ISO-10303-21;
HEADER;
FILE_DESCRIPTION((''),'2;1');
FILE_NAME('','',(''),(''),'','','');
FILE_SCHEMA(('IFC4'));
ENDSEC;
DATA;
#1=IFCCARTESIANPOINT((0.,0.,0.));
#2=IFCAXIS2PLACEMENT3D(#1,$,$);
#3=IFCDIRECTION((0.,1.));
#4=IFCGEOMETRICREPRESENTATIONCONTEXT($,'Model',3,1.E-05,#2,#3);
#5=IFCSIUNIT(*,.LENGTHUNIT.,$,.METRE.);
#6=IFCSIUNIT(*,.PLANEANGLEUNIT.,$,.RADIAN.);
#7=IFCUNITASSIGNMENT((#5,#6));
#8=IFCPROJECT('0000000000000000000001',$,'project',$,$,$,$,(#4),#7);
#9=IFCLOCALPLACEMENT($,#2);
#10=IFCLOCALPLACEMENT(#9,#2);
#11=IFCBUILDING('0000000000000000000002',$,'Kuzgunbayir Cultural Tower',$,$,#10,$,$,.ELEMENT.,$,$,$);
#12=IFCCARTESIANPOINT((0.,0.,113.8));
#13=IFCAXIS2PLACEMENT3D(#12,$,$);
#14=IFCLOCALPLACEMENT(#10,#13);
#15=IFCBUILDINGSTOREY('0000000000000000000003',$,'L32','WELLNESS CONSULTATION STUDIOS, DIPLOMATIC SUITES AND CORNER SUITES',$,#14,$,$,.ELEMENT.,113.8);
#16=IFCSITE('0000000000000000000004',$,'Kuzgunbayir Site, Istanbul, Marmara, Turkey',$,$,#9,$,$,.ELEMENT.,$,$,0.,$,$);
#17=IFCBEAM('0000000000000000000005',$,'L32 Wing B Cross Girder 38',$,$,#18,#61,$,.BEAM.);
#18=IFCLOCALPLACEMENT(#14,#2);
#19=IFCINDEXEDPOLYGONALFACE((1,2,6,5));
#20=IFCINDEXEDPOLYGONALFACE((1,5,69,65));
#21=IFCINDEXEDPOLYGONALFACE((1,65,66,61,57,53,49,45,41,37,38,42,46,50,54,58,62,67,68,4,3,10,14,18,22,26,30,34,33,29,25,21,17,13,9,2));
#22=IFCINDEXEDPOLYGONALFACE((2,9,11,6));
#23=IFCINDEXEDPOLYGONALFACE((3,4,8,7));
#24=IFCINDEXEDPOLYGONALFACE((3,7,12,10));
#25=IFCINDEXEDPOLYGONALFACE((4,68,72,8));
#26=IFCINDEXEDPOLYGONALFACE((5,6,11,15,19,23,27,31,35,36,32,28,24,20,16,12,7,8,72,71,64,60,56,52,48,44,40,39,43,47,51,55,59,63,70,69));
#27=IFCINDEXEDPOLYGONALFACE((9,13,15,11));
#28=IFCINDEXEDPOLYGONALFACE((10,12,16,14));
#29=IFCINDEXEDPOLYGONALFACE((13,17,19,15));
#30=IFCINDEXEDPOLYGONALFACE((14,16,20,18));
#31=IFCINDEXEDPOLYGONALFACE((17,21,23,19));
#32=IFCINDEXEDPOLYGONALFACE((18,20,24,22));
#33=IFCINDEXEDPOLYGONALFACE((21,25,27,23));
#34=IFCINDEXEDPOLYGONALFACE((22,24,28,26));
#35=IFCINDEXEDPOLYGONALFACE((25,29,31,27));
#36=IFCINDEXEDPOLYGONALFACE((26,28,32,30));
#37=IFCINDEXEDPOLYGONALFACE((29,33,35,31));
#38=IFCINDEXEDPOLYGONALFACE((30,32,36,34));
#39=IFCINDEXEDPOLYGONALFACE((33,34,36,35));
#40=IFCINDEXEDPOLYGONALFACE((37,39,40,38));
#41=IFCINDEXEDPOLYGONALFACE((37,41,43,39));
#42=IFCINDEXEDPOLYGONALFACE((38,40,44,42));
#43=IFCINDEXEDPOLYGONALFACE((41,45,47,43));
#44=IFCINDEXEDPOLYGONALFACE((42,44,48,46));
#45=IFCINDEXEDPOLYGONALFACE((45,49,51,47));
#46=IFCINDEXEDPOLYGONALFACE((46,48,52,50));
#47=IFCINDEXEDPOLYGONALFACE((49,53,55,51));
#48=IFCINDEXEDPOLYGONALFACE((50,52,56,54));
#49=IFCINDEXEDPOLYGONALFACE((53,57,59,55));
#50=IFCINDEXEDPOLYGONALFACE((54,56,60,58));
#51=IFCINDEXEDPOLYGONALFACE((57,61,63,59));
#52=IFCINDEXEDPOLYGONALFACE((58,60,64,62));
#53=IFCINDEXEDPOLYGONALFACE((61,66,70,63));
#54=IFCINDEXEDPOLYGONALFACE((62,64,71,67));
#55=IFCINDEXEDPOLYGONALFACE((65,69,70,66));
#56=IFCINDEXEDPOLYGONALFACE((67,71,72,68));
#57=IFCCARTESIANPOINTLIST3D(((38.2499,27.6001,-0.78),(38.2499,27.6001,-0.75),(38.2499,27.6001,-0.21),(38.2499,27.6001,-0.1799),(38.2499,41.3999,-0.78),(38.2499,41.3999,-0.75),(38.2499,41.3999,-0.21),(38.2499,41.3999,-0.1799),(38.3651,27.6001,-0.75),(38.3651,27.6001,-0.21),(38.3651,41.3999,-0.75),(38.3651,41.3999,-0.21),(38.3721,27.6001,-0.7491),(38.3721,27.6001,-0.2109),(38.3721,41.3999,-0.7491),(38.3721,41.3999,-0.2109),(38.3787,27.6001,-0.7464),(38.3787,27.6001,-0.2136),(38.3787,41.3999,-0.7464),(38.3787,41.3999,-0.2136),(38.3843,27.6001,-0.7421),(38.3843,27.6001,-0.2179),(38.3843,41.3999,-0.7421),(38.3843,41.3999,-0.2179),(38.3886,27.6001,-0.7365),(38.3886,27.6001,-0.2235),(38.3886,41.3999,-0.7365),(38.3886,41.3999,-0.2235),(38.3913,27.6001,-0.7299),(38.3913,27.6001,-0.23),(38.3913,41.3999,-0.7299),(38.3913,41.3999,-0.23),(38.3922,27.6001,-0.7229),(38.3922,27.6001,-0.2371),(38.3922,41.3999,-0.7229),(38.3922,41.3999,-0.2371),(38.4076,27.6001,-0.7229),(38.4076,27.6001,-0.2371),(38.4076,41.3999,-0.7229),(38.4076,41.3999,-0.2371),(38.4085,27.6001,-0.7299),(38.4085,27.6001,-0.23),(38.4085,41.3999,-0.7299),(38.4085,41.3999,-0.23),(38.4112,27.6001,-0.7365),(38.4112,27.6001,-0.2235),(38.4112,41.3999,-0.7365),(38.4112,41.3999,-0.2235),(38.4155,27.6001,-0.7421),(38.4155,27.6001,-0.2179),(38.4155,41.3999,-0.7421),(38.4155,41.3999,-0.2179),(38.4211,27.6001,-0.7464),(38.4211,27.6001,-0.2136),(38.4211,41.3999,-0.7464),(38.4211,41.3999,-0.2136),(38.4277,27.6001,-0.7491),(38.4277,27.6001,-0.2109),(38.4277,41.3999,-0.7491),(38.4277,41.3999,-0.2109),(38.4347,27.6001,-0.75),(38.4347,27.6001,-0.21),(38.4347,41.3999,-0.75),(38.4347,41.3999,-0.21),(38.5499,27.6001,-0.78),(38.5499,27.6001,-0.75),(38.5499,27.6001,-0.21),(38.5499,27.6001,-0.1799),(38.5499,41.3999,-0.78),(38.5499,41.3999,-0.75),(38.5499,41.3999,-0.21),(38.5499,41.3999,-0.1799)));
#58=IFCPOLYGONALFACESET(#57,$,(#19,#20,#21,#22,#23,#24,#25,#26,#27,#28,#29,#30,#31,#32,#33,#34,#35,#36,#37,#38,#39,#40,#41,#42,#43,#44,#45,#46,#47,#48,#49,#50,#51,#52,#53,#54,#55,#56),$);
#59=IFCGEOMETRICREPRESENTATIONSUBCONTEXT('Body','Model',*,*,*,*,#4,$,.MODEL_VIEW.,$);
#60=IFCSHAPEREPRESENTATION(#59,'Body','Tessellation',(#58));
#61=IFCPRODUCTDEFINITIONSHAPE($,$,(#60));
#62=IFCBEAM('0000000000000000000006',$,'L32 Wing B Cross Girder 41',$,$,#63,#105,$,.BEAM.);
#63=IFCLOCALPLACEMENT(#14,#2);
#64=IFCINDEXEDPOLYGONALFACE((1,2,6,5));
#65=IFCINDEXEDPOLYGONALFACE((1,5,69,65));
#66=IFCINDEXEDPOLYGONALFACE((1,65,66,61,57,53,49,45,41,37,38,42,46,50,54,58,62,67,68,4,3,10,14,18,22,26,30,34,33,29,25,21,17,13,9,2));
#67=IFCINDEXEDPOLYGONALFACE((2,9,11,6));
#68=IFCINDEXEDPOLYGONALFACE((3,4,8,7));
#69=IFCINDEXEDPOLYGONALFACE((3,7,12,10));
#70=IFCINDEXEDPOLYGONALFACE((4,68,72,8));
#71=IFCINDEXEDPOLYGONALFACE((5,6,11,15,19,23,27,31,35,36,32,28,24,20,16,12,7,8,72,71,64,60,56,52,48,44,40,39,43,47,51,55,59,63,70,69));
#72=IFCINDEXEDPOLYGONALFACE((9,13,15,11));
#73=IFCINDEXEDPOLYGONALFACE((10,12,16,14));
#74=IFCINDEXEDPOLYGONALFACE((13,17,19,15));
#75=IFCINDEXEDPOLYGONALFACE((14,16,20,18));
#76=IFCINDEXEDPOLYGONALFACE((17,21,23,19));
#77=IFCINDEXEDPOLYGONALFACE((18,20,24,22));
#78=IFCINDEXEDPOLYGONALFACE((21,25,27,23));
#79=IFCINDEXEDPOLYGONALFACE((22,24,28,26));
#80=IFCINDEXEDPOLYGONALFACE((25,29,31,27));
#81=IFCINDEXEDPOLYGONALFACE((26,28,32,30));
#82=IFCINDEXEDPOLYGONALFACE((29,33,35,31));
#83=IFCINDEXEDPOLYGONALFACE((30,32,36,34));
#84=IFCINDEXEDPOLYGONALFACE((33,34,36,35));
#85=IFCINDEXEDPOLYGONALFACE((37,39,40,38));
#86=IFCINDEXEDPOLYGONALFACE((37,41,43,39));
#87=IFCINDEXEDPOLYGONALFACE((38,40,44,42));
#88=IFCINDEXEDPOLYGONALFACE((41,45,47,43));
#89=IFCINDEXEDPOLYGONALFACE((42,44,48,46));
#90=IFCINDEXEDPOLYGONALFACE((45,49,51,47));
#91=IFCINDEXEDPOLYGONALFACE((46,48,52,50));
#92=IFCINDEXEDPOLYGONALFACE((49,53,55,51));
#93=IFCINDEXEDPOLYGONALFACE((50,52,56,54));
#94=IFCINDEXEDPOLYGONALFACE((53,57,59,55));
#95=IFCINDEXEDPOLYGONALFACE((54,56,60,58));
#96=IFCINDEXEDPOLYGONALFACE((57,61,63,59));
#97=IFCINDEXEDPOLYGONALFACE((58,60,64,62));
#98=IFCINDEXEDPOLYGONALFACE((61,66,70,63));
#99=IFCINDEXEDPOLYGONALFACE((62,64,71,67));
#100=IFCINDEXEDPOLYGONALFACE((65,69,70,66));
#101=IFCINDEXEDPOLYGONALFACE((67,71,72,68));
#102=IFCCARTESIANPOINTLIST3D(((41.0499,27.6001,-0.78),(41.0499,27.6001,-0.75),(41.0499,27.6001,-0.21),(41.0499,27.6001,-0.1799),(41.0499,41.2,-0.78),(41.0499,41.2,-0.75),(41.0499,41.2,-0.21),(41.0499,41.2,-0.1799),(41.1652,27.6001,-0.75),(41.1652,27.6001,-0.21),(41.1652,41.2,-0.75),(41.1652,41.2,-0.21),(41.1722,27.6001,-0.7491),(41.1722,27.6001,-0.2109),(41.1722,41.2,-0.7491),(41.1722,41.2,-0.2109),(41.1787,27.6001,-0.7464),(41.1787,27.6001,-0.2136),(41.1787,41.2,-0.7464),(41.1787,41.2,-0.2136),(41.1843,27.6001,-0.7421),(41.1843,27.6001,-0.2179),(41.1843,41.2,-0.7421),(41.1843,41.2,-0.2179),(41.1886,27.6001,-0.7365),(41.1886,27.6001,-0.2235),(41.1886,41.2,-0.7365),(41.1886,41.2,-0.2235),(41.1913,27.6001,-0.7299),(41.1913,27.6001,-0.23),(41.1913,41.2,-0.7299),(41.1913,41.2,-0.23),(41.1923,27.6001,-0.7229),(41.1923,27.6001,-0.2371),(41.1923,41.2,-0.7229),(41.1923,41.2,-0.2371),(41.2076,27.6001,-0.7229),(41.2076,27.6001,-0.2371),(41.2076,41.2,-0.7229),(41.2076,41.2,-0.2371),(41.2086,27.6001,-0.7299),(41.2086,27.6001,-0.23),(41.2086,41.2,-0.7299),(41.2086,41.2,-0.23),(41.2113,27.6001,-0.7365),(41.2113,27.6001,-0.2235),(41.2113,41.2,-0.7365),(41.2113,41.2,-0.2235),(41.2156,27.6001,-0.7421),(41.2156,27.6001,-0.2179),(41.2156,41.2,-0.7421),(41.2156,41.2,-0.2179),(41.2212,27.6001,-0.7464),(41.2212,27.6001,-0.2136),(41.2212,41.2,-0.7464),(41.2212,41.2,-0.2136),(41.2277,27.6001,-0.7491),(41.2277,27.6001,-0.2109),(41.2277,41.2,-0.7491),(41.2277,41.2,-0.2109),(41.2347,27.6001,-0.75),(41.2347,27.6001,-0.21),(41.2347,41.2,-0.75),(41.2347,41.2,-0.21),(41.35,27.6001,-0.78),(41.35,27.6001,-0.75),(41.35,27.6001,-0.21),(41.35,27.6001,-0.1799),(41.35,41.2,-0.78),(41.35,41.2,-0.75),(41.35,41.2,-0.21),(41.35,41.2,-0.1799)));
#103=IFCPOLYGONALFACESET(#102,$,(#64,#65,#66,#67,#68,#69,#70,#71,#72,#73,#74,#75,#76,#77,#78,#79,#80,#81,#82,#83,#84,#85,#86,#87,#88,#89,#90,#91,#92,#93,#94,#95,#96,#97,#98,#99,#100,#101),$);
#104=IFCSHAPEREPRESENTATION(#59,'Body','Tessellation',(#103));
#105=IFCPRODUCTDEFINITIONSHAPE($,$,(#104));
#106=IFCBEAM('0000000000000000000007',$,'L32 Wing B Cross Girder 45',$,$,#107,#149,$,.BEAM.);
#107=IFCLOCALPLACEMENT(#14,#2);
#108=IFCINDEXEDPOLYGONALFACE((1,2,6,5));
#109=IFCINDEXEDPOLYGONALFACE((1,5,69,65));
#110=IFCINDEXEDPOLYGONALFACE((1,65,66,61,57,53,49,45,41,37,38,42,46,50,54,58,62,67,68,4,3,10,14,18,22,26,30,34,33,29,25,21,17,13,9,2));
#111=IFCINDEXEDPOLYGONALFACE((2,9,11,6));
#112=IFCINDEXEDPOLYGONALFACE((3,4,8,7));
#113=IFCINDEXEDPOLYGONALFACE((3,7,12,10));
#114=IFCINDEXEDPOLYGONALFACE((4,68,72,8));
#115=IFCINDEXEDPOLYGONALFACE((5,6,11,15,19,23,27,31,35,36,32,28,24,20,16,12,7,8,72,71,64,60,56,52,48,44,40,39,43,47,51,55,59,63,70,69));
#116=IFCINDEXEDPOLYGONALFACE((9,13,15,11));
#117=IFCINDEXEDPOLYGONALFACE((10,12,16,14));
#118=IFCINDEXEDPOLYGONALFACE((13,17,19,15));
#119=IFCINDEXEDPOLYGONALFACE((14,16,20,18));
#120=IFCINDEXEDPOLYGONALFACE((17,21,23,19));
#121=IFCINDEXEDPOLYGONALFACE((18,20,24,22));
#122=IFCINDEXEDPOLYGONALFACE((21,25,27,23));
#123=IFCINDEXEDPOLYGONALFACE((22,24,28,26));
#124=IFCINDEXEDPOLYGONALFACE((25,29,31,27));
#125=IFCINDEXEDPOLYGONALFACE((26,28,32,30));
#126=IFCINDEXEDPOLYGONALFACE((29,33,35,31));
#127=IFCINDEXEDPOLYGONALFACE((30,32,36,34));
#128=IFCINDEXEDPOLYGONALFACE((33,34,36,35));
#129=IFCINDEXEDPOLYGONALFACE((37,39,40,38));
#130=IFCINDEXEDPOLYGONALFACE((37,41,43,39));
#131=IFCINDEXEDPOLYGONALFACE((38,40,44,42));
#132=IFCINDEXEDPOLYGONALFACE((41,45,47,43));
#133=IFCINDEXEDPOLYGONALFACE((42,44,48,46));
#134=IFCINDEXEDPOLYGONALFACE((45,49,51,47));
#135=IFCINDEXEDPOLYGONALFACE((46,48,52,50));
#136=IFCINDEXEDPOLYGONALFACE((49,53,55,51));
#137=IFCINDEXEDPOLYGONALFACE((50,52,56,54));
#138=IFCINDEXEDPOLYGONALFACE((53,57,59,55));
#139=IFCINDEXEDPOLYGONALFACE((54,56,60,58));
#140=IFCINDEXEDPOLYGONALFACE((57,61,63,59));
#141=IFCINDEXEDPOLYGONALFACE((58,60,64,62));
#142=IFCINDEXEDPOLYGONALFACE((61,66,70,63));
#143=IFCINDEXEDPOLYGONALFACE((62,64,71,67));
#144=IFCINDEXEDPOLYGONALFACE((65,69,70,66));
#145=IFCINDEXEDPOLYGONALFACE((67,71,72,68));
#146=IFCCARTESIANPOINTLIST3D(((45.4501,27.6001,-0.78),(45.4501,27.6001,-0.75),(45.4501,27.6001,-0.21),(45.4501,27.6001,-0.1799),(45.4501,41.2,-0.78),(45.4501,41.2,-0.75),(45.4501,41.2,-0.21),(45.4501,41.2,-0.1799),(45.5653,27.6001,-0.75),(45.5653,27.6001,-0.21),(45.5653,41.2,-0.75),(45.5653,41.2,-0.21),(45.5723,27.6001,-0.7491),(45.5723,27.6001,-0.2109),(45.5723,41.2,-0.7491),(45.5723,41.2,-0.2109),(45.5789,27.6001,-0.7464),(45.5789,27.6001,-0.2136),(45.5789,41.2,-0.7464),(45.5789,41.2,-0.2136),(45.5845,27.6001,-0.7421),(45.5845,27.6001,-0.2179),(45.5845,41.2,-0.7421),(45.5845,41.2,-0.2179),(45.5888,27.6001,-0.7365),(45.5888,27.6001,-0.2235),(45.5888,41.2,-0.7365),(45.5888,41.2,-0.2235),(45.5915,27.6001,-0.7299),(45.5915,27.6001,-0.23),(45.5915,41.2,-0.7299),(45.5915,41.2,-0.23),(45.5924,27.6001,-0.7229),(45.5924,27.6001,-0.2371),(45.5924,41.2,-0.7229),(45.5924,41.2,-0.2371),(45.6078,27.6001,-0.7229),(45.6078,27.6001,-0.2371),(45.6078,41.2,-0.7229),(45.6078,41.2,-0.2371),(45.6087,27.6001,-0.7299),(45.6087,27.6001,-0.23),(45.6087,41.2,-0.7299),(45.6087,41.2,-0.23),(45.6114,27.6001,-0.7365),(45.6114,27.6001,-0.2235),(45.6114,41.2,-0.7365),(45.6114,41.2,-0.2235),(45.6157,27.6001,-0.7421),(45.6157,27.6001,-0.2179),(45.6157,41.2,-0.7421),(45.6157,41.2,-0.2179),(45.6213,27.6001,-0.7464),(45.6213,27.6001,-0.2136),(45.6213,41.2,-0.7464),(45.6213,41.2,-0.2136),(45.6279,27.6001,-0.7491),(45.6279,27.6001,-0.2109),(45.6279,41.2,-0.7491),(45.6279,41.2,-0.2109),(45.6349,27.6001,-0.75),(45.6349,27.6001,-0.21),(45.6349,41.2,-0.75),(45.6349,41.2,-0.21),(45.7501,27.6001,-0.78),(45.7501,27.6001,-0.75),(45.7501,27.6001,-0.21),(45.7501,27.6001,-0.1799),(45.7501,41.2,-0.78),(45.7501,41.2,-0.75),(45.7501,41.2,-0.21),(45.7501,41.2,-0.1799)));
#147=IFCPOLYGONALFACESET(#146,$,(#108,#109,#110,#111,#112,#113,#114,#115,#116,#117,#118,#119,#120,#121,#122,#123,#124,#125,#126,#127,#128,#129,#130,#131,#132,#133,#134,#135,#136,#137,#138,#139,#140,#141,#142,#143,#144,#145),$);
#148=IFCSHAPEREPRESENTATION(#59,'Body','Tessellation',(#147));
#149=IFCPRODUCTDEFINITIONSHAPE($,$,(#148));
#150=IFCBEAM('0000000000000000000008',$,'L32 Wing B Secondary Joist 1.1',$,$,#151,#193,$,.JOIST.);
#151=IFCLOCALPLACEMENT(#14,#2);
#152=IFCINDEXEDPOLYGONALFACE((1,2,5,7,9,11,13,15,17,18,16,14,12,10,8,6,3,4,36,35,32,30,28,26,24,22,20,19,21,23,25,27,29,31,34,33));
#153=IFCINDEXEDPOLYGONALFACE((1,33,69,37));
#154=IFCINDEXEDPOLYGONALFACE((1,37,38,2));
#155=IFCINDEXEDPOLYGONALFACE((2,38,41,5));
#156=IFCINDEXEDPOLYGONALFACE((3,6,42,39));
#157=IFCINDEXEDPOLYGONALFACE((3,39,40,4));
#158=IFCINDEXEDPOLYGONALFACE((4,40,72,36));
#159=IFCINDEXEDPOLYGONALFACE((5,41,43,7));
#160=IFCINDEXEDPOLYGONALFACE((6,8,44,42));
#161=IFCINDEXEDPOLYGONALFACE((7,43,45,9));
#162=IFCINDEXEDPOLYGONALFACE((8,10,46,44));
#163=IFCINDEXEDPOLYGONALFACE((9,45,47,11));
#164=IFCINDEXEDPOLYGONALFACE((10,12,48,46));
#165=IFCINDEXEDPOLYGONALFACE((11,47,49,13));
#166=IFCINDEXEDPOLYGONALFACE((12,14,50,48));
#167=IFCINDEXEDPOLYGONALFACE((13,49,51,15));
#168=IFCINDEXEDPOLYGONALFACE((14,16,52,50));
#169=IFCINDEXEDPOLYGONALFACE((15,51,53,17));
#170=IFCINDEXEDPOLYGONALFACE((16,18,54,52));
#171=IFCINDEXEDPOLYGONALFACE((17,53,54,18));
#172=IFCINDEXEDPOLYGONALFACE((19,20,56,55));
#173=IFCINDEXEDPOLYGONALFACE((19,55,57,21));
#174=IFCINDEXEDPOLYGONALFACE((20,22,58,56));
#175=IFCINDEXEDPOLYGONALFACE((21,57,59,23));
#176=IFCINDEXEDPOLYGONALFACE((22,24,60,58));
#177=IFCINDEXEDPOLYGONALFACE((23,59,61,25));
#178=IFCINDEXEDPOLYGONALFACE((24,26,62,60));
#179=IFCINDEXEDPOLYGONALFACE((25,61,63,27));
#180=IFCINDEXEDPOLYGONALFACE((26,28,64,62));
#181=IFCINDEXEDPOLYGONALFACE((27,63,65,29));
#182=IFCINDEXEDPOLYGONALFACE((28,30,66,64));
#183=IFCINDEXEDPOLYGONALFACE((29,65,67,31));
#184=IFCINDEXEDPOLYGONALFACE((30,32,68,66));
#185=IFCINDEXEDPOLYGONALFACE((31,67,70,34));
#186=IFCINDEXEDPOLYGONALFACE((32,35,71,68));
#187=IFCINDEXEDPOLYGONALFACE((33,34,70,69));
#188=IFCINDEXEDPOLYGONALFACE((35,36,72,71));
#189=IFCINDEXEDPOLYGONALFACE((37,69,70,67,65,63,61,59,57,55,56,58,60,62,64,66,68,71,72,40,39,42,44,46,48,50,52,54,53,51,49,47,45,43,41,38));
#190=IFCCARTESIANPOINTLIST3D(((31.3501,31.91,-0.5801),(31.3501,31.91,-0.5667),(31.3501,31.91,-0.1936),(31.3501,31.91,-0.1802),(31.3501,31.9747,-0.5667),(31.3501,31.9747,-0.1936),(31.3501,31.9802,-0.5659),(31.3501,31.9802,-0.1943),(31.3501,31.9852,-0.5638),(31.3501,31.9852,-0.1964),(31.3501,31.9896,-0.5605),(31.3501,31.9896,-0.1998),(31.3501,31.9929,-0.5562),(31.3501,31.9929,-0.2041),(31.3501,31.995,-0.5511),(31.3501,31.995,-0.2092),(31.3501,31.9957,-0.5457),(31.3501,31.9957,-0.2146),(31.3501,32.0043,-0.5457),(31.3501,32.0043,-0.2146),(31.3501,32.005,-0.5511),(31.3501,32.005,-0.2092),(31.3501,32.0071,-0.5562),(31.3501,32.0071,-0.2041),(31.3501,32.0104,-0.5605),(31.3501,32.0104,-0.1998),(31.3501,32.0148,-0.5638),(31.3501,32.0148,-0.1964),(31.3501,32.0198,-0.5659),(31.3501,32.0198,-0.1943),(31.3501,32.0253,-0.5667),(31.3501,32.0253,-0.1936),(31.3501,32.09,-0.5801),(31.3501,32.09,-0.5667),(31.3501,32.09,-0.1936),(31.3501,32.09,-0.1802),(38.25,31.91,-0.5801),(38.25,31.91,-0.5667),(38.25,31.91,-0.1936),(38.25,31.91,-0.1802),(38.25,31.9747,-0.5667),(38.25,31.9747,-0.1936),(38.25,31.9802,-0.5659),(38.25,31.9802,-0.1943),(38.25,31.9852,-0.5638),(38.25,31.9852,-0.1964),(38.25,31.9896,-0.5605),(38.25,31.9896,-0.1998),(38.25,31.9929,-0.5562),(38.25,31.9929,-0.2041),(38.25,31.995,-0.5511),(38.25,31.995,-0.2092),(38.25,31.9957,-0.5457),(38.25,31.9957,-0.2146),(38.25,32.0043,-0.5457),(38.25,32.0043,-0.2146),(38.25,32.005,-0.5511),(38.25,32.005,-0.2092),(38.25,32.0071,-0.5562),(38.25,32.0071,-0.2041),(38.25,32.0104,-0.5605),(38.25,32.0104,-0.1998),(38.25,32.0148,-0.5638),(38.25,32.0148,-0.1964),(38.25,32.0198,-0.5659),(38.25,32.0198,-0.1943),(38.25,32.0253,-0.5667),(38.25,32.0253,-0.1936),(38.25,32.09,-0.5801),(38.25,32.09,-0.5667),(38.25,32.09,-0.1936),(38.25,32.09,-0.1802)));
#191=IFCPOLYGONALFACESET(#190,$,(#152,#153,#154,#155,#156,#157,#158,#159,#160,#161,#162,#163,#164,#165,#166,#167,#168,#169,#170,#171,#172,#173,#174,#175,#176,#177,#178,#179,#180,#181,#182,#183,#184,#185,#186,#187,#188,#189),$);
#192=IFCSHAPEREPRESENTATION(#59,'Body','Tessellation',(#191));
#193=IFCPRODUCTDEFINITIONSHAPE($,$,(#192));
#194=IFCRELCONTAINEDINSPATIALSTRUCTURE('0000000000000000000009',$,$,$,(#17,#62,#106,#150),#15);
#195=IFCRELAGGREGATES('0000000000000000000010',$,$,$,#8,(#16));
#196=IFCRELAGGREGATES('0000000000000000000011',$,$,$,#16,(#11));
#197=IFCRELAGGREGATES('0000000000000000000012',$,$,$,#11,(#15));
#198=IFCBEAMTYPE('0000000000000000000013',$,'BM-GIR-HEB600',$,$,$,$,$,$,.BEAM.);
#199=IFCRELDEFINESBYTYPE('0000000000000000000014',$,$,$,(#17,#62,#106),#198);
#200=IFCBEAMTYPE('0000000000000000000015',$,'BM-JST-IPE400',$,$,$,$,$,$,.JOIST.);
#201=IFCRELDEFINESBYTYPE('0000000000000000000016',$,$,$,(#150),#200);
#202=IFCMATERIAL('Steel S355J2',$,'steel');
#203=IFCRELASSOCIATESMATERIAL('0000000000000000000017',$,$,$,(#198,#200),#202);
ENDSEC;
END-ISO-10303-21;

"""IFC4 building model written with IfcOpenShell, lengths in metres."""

from ifc_helpers import new_model, si_unit, direction, frame, origin, origin_2d, place, context, subcontext, project, spatial, i_section, extrude, material, material_profile, profile_set, type_object, element, save


model = new_model("IFC4")

# Units and contexts
model_context = context("Model", 3, precision=1e-05, world=origin(), true_north=direction((0.0, 1.0)))
body_context = subcontext(model_context, "Body", "Model", "MODEL_VIEW")
ifc_project = project(units=[si_unit("LENGTHUNIT", "METRE"), si_unit("PLANEANGLEUNIT", "RADIAN")], contexts=[model_context])

# Site, building, storey
site_placement = place(None, origin())
site = spatial("IfcSite", under=ifc_project, at=site_placement, Name="Kuzgunbayir Site, Istanbul, Marmara, Turkey", CompositionType="ELEMENT", RefElevation=0.0)
building_placement = place(site_placement, origin())
building = spatial("IfcBuilding", under=site, at=building_placement, Name="Kuzgunbayir Cultural Tower", CompositionType="ELEMENT")
storey_placement = place(building_placement, frame((0.0, 0.0, 113.8)))
storey = spatial("IfcBuildingStorey", under=building, at=storey_placement, Name="L32", Description="WELLNESS CONSULTATION STUDIOS, DIPLOMATIC SUITES AND CORNER SUITES", CompositionType="ELEMENT", Elevation=113.8)

# Beams
ifc_material_1 = material(Name="Steel S355J2", Category="steel")
ifc_material_profile_1 = material_profile(ifc_material_1, i_section(OverallWidth=0.3, OverallDepth=0.6001, WebThickness=0.0154, FlangeThickness=0.03, FilletRadius=0.0271, at=origin_2d()), Name="HEB 600")
ifc_profile_set_1 = profile_set([ifc_material_profile_1], Name="Steel S355J2")
beam_type_1 = type_object("IfcBeamType", Name="BM-GIR-HEB600", PredefinedType="BEAM", material=ifc_profile_set_1)
beam_1_placement = place(storey_placement, frame((38.3999, 27.6001, -0.48), z_axis=(0.0, 1.0, 0.0), x_axis=(-1.0, 0.0, 0.0)))
element("IfcBeam", 1, at=beam_1_placement, inside=storey, type_object=beam_type_1, Name="L32 Wing B Cross Girder 38", PredefinedType="BEAM", context=body_context, shape_type="SweptSolid", body=[
    extrude(i_section(OverallWidth=0.3, OverallDepth=0.6001, WebThickness=0.0154, FlangeThickness=0.03, FilletRadius=0.0271, at=origin_2d()), origin(), (0.0, 0.0, 1.0), 13.7998),
])
for number, where, z_axis, x_axis, name in (
    (2, (41.2, 27.6001, -0.48), (0.0, 1.0, 0.0), (-1.0, 0.0, 0.0), "L32 Wing B Cross Girder 41"),
    (3, (45.6001, 27.6001, -0.48), (0.0, 1.0, 0.0), (-1.0, 0.0, 0.0), "L32 Wing B Cross Girder 45"),
):
    element("IfcBeam", number, at=place(storey_placement, frame(where, z_axis=z_axis, x_axis=x_axis)), inside=storey, type_object=beam_type_1, Name=name, PredefinedType="BEAM", context=body_context, shape_type="SweptSolid", body=[
        extrude(i_section(OverallWidth=0.3, OverallDepth=0.6001, WebThickness=0.0154, FlangeThickness=0.03, FilletRadius=0.0271, at=origin_2d()), origin(), (0.0, 0.0, 1.0), 13.5999),
    ])
ifc_material_profile_2 = material_profile(ifc_material_1, i_section(OverallWidth=0.1799, OverallDepth=0.3999, WebThickness=0.0085, FlangeThickness=0.0134, FilletRadius=0.021, at=origin_2d()), Name="IPE 400")
ifc_profile_set_2 = profile_set([ifc_material_profile_2], Name="Steel S355J2")
beam_type_2 = type_object("IfcBeamType", Name="BM-JST-IPE400", PredefinedType="JOIST", material=ifc_profile_set_2)
beam_2_placement = place(storey_placement, frame((31.3501, 32.0, -0.3801), z_axis=(1.0, 0.0, 0.0), x_axis=(0.0, 1.0, 0.0)))
element("IfcBeam", 4, at=beam_2_placement, inside=storey, type_object=beam_type_2, Name="L32 Wing B Secondary Joist 1.1", PredefinedType="JOIST", context=body_context, shape_type="SweptSolid", body=[
    extrude(i_section(OverallWidth=0.1799, OverallDepth=0.3999, WebThickness=0.0085, FlangeThickness=0.0134, FilletRadius=0.021, at=origin_2d()), origin(), (0.0, 0.0, 1.0), 6.8999),
])

save(model, "model.ifc")
